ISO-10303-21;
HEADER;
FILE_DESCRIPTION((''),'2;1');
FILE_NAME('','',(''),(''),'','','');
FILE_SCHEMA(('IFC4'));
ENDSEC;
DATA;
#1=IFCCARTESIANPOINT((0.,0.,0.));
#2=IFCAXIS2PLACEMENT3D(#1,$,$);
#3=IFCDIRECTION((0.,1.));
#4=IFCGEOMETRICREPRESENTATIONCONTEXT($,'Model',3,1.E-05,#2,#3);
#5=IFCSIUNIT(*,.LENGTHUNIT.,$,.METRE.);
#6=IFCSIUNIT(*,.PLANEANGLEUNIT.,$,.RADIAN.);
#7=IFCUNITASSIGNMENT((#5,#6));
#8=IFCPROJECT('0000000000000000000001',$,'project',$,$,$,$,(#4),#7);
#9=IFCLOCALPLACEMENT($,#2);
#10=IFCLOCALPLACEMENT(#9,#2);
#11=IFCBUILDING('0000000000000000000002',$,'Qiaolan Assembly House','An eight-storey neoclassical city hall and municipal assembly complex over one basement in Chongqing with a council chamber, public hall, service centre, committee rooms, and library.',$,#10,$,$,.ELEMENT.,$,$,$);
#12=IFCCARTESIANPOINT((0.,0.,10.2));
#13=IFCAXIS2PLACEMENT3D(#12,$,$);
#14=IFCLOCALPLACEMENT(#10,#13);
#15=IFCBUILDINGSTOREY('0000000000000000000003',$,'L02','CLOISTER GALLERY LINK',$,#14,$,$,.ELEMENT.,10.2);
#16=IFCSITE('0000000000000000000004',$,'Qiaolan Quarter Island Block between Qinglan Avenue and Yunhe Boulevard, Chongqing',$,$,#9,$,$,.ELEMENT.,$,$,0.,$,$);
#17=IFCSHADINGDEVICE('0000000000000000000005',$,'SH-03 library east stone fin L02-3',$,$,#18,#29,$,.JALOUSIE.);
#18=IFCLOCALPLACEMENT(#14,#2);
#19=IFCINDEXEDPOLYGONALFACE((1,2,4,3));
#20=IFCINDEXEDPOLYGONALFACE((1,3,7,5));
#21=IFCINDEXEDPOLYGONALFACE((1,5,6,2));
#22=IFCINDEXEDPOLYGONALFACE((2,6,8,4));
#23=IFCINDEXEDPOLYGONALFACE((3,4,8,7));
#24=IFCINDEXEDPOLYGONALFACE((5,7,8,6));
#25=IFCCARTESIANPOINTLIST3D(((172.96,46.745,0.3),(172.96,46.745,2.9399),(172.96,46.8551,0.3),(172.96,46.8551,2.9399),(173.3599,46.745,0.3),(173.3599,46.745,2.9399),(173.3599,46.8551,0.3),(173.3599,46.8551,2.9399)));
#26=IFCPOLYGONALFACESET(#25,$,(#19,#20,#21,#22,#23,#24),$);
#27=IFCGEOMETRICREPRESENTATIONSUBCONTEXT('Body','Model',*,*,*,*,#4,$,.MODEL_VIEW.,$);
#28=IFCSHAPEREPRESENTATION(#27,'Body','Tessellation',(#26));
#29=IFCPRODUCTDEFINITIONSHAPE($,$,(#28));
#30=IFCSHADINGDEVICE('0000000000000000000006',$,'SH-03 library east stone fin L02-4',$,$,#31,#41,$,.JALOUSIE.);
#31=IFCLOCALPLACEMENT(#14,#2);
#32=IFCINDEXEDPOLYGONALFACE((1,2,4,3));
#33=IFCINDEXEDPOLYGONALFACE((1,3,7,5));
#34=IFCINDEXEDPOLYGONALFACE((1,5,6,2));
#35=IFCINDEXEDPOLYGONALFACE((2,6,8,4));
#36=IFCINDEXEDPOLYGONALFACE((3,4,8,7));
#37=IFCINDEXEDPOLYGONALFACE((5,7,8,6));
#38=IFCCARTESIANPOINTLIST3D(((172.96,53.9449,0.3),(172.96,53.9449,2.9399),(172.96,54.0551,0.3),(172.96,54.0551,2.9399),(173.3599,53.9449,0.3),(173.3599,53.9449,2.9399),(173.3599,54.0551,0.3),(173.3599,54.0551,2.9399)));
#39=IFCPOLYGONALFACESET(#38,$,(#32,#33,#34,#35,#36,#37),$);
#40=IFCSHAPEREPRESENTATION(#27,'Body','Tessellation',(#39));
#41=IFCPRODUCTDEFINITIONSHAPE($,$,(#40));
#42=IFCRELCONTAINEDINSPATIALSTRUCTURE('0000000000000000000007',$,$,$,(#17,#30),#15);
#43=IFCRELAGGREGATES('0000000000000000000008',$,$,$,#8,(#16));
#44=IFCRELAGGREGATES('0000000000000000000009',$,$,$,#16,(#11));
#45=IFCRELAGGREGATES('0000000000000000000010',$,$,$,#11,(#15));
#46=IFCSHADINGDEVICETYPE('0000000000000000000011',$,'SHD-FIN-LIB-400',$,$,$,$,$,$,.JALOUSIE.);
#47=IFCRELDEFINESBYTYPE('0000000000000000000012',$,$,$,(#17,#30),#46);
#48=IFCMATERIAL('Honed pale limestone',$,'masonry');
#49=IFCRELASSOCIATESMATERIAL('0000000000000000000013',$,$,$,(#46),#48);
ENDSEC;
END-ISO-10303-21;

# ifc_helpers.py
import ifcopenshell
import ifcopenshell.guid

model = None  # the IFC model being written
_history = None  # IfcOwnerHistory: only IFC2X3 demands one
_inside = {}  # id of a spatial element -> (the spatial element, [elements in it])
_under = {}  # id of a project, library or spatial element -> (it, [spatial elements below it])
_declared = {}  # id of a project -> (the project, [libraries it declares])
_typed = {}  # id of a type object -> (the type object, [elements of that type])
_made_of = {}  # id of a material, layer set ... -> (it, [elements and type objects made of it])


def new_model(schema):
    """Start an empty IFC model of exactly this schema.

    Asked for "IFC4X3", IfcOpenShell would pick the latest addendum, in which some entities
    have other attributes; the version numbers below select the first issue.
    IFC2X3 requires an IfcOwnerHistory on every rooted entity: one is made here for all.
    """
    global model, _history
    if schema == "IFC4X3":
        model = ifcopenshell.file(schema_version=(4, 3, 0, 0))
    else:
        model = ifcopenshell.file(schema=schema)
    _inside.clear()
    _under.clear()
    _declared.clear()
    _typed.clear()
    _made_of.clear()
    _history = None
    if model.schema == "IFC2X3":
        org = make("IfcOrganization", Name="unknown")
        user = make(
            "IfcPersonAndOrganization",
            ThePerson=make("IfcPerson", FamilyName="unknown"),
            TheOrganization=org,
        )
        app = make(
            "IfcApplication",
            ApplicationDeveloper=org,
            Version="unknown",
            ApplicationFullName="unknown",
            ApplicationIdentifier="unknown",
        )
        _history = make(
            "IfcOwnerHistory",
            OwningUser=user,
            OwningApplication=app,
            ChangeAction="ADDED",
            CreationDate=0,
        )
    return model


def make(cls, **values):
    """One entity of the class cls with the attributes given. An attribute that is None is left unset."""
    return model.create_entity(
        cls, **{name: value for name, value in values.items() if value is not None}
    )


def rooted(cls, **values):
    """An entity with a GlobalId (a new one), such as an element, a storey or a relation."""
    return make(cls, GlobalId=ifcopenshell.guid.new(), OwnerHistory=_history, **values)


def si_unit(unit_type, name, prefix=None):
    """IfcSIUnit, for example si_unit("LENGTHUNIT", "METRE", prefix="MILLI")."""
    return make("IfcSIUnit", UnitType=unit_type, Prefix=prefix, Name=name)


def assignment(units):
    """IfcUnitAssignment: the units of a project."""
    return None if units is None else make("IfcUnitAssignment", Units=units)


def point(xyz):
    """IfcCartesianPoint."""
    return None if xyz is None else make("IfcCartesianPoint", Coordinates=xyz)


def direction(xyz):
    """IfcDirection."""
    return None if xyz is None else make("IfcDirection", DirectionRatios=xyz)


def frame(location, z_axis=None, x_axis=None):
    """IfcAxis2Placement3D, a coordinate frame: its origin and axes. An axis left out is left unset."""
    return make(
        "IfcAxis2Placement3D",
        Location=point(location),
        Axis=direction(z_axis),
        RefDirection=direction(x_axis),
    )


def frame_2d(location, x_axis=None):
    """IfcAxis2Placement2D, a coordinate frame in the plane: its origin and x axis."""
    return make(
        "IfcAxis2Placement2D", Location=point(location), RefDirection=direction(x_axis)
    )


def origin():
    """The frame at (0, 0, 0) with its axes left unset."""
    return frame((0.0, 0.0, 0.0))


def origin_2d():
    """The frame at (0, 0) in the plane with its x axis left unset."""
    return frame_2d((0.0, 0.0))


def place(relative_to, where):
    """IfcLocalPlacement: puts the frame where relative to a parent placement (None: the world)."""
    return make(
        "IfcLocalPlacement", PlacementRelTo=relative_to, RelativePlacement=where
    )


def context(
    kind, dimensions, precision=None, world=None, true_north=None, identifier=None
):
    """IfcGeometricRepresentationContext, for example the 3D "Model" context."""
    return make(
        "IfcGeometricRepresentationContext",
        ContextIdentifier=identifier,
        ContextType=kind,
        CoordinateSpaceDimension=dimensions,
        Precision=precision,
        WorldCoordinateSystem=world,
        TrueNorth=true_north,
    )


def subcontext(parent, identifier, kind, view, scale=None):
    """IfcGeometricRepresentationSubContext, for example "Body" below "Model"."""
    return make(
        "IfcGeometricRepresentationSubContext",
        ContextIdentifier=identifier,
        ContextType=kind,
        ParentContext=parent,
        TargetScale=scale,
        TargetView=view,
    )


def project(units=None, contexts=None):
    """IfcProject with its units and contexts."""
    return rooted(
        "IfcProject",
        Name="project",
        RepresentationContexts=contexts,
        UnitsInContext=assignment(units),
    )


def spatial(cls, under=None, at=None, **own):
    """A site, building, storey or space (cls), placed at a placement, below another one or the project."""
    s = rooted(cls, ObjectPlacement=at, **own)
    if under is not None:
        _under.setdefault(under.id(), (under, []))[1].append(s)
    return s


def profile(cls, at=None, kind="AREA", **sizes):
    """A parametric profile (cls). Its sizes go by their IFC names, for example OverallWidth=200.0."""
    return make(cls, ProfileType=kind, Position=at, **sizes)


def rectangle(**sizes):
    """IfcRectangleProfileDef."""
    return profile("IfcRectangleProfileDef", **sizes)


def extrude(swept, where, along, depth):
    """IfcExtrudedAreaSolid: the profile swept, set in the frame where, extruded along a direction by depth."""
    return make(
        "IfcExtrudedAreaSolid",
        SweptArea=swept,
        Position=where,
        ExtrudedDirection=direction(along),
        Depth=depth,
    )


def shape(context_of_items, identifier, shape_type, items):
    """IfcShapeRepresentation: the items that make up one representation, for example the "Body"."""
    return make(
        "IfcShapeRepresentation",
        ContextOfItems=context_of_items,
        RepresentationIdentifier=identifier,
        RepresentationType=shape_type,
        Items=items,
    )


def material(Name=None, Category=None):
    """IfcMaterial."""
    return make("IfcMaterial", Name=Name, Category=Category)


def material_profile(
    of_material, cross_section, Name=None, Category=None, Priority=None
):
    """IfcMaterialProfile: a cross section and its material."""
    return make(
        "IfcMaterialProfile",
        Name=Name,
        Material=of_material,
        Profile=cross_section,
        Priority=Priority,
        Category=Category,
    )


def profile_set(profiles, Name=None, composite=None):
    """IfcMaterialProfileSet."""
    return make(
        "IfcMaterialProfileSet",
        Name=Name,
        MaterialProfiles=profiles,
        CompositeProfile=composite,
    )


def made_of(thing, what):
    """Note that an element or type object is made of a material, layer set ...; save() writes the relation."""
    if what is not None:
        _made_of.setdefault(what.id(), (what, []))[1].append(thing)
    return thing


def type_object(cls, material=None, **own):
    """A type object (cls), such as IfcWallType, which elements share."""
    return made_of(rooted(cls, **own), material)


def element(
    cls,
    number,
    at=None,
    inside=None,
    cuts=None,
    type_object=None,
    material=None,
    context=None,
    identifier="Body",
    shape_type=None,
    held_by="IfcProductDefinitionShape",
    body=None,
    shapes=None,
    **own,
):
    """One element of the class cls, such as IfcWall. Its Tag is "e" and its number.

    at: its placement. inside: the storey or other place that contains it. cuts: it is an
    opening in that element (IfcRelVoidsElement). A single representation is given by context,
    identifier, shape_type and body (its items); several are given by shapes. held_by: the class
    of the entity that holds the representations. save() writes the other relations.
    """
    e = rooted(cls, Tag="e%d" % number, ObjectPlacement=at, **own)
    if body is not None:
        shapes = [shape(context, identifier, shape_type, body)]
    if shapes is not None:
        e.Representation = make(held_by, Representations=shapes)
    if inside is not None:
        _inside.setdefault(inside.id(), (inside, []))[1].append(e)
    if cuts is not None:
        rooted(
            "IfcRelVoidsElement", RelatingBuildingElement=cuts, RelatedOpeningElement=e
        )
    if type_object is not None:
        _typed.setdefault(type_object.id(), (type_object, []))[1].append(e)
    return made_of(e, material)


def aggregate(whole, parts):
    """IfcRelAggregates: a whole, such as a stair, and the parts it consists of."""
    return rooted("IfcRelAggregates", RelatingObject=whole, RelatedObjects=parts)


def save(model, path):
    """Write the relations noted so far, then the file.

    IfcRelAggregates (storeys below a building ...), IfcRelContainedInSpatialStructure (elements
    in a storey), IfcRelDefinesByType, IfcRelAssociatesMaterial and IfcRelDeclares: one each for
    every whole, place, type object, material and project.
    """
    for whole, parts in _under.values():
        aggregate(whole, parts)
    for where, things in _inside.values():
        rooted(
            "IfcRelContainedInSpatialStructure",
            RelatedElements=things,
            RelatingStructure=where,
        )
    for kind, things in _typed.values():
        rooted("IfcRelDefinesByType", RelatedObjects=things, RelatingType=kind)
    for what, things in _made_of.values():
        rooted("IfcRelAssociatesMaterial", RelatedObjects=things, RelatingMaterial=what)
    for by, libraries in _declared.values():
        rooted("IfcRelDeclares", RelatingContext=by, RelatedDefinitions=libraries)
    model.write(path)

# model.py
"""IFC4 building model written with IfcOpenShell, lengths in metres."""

from ifc_helpers import new_model, si_unit, direction, frame, origin, origin_2d, place, context, subcontext, project, spatial, rectangle, extrude, material, material_profile, profile_set, type_object, element, save


model = new_model("IFC4")

# Units and contexts
model_context = context("Model", 3, precision=1e-05, world=origin(), true_north=direction((0.0, 1.0)))
body_context = subcontext(model_context, "Body", "Model", "MODEL_VIEW")
ifc_project = project(units=[si_unit("LENGTHUNIT", "METRE"), si_unit("PLANEANGLEUNIT", "RADIAN")], contexts=[model_context])

# Site, building, storey
site_placement = place(None, origin())
site = spatial("IfcSite", under=ifc_project, at=site_placement, Name="Qiaolan Quarter Island Block between Qinglan Avenue and Yunhe Boulevard, Chongqing", CompositionType="ELEMENT", RefElevation=0.0)
building_placement = place(site_placement, origin())
building = spatial("IfcBuilding", under=site, at=building_placement, Name="Qiaolan Assembly House", Description="An eight-storey neoclassical city hall and municipal assembly complex over one basement in Chongqing with a council chamber, public hall, service centre, committee rooms, and library.", CompositionType="ELEMENT")
storey_placement = place(building_placement, frame((0.0, 0.0, 10.2)))
storey = spatial("IfcBuildingStorey", under=building, at=storey_placement, Name="L02", Description="CLOISTER GALLERY LINK", CompositionType="ELEMENT", Elevation=10.2)

# Shared definitions
ifc_material_1 = material(Name="Honed pale limestone", Category="masonry")

# Shading devices
ifc_material_profile_1 = material_profile(ifc_material_1, rectangle(XDim=0.1101, YDim=0.3999, at=origin_2d()), Name="FIN 110x400")
ifc_profile_set_1 = profile_set([ifc_material_profile_1], Name="Honed pale limestone")
shading_device_type = type_object("IfcShadingDeviceType", Name="SHD-FIN-LIB-400", PredefinedType="JALOUSIE", material=ifc_profile_set_1)
for number, where, z_axis, x_axis, name in (
    (1, (173.1599, 46.8, 0.3), (0.0, 0.0, 1.0), (0.0, 1.0, 0.0), "SH-03 library east stone fin L02-3"),
    (2, (173.1599, 54.0, 0.3), (0.0, 0.0, 1.0), (0.0, 1.0, 0.0), "SH-03 library east stone fin L02-4"),
):
    element("IfcShadingDevice", number, at=place(storey_placement, frame(where, z_axis=z_axis, x_axis=x_axis)), inside=storey, type_object=shading_device_type, Name=name, PredefinedType="JALOUSIE", context=body_context, shape_type="SweptSolid", body=[
        extrude(rectangle(XDim=0.1101, YDim=0.3999, at=origin_2d()), origin(), (0.0, 0.0, 1.0), 2.6399),
    ])

save(model, "model.ifc")
